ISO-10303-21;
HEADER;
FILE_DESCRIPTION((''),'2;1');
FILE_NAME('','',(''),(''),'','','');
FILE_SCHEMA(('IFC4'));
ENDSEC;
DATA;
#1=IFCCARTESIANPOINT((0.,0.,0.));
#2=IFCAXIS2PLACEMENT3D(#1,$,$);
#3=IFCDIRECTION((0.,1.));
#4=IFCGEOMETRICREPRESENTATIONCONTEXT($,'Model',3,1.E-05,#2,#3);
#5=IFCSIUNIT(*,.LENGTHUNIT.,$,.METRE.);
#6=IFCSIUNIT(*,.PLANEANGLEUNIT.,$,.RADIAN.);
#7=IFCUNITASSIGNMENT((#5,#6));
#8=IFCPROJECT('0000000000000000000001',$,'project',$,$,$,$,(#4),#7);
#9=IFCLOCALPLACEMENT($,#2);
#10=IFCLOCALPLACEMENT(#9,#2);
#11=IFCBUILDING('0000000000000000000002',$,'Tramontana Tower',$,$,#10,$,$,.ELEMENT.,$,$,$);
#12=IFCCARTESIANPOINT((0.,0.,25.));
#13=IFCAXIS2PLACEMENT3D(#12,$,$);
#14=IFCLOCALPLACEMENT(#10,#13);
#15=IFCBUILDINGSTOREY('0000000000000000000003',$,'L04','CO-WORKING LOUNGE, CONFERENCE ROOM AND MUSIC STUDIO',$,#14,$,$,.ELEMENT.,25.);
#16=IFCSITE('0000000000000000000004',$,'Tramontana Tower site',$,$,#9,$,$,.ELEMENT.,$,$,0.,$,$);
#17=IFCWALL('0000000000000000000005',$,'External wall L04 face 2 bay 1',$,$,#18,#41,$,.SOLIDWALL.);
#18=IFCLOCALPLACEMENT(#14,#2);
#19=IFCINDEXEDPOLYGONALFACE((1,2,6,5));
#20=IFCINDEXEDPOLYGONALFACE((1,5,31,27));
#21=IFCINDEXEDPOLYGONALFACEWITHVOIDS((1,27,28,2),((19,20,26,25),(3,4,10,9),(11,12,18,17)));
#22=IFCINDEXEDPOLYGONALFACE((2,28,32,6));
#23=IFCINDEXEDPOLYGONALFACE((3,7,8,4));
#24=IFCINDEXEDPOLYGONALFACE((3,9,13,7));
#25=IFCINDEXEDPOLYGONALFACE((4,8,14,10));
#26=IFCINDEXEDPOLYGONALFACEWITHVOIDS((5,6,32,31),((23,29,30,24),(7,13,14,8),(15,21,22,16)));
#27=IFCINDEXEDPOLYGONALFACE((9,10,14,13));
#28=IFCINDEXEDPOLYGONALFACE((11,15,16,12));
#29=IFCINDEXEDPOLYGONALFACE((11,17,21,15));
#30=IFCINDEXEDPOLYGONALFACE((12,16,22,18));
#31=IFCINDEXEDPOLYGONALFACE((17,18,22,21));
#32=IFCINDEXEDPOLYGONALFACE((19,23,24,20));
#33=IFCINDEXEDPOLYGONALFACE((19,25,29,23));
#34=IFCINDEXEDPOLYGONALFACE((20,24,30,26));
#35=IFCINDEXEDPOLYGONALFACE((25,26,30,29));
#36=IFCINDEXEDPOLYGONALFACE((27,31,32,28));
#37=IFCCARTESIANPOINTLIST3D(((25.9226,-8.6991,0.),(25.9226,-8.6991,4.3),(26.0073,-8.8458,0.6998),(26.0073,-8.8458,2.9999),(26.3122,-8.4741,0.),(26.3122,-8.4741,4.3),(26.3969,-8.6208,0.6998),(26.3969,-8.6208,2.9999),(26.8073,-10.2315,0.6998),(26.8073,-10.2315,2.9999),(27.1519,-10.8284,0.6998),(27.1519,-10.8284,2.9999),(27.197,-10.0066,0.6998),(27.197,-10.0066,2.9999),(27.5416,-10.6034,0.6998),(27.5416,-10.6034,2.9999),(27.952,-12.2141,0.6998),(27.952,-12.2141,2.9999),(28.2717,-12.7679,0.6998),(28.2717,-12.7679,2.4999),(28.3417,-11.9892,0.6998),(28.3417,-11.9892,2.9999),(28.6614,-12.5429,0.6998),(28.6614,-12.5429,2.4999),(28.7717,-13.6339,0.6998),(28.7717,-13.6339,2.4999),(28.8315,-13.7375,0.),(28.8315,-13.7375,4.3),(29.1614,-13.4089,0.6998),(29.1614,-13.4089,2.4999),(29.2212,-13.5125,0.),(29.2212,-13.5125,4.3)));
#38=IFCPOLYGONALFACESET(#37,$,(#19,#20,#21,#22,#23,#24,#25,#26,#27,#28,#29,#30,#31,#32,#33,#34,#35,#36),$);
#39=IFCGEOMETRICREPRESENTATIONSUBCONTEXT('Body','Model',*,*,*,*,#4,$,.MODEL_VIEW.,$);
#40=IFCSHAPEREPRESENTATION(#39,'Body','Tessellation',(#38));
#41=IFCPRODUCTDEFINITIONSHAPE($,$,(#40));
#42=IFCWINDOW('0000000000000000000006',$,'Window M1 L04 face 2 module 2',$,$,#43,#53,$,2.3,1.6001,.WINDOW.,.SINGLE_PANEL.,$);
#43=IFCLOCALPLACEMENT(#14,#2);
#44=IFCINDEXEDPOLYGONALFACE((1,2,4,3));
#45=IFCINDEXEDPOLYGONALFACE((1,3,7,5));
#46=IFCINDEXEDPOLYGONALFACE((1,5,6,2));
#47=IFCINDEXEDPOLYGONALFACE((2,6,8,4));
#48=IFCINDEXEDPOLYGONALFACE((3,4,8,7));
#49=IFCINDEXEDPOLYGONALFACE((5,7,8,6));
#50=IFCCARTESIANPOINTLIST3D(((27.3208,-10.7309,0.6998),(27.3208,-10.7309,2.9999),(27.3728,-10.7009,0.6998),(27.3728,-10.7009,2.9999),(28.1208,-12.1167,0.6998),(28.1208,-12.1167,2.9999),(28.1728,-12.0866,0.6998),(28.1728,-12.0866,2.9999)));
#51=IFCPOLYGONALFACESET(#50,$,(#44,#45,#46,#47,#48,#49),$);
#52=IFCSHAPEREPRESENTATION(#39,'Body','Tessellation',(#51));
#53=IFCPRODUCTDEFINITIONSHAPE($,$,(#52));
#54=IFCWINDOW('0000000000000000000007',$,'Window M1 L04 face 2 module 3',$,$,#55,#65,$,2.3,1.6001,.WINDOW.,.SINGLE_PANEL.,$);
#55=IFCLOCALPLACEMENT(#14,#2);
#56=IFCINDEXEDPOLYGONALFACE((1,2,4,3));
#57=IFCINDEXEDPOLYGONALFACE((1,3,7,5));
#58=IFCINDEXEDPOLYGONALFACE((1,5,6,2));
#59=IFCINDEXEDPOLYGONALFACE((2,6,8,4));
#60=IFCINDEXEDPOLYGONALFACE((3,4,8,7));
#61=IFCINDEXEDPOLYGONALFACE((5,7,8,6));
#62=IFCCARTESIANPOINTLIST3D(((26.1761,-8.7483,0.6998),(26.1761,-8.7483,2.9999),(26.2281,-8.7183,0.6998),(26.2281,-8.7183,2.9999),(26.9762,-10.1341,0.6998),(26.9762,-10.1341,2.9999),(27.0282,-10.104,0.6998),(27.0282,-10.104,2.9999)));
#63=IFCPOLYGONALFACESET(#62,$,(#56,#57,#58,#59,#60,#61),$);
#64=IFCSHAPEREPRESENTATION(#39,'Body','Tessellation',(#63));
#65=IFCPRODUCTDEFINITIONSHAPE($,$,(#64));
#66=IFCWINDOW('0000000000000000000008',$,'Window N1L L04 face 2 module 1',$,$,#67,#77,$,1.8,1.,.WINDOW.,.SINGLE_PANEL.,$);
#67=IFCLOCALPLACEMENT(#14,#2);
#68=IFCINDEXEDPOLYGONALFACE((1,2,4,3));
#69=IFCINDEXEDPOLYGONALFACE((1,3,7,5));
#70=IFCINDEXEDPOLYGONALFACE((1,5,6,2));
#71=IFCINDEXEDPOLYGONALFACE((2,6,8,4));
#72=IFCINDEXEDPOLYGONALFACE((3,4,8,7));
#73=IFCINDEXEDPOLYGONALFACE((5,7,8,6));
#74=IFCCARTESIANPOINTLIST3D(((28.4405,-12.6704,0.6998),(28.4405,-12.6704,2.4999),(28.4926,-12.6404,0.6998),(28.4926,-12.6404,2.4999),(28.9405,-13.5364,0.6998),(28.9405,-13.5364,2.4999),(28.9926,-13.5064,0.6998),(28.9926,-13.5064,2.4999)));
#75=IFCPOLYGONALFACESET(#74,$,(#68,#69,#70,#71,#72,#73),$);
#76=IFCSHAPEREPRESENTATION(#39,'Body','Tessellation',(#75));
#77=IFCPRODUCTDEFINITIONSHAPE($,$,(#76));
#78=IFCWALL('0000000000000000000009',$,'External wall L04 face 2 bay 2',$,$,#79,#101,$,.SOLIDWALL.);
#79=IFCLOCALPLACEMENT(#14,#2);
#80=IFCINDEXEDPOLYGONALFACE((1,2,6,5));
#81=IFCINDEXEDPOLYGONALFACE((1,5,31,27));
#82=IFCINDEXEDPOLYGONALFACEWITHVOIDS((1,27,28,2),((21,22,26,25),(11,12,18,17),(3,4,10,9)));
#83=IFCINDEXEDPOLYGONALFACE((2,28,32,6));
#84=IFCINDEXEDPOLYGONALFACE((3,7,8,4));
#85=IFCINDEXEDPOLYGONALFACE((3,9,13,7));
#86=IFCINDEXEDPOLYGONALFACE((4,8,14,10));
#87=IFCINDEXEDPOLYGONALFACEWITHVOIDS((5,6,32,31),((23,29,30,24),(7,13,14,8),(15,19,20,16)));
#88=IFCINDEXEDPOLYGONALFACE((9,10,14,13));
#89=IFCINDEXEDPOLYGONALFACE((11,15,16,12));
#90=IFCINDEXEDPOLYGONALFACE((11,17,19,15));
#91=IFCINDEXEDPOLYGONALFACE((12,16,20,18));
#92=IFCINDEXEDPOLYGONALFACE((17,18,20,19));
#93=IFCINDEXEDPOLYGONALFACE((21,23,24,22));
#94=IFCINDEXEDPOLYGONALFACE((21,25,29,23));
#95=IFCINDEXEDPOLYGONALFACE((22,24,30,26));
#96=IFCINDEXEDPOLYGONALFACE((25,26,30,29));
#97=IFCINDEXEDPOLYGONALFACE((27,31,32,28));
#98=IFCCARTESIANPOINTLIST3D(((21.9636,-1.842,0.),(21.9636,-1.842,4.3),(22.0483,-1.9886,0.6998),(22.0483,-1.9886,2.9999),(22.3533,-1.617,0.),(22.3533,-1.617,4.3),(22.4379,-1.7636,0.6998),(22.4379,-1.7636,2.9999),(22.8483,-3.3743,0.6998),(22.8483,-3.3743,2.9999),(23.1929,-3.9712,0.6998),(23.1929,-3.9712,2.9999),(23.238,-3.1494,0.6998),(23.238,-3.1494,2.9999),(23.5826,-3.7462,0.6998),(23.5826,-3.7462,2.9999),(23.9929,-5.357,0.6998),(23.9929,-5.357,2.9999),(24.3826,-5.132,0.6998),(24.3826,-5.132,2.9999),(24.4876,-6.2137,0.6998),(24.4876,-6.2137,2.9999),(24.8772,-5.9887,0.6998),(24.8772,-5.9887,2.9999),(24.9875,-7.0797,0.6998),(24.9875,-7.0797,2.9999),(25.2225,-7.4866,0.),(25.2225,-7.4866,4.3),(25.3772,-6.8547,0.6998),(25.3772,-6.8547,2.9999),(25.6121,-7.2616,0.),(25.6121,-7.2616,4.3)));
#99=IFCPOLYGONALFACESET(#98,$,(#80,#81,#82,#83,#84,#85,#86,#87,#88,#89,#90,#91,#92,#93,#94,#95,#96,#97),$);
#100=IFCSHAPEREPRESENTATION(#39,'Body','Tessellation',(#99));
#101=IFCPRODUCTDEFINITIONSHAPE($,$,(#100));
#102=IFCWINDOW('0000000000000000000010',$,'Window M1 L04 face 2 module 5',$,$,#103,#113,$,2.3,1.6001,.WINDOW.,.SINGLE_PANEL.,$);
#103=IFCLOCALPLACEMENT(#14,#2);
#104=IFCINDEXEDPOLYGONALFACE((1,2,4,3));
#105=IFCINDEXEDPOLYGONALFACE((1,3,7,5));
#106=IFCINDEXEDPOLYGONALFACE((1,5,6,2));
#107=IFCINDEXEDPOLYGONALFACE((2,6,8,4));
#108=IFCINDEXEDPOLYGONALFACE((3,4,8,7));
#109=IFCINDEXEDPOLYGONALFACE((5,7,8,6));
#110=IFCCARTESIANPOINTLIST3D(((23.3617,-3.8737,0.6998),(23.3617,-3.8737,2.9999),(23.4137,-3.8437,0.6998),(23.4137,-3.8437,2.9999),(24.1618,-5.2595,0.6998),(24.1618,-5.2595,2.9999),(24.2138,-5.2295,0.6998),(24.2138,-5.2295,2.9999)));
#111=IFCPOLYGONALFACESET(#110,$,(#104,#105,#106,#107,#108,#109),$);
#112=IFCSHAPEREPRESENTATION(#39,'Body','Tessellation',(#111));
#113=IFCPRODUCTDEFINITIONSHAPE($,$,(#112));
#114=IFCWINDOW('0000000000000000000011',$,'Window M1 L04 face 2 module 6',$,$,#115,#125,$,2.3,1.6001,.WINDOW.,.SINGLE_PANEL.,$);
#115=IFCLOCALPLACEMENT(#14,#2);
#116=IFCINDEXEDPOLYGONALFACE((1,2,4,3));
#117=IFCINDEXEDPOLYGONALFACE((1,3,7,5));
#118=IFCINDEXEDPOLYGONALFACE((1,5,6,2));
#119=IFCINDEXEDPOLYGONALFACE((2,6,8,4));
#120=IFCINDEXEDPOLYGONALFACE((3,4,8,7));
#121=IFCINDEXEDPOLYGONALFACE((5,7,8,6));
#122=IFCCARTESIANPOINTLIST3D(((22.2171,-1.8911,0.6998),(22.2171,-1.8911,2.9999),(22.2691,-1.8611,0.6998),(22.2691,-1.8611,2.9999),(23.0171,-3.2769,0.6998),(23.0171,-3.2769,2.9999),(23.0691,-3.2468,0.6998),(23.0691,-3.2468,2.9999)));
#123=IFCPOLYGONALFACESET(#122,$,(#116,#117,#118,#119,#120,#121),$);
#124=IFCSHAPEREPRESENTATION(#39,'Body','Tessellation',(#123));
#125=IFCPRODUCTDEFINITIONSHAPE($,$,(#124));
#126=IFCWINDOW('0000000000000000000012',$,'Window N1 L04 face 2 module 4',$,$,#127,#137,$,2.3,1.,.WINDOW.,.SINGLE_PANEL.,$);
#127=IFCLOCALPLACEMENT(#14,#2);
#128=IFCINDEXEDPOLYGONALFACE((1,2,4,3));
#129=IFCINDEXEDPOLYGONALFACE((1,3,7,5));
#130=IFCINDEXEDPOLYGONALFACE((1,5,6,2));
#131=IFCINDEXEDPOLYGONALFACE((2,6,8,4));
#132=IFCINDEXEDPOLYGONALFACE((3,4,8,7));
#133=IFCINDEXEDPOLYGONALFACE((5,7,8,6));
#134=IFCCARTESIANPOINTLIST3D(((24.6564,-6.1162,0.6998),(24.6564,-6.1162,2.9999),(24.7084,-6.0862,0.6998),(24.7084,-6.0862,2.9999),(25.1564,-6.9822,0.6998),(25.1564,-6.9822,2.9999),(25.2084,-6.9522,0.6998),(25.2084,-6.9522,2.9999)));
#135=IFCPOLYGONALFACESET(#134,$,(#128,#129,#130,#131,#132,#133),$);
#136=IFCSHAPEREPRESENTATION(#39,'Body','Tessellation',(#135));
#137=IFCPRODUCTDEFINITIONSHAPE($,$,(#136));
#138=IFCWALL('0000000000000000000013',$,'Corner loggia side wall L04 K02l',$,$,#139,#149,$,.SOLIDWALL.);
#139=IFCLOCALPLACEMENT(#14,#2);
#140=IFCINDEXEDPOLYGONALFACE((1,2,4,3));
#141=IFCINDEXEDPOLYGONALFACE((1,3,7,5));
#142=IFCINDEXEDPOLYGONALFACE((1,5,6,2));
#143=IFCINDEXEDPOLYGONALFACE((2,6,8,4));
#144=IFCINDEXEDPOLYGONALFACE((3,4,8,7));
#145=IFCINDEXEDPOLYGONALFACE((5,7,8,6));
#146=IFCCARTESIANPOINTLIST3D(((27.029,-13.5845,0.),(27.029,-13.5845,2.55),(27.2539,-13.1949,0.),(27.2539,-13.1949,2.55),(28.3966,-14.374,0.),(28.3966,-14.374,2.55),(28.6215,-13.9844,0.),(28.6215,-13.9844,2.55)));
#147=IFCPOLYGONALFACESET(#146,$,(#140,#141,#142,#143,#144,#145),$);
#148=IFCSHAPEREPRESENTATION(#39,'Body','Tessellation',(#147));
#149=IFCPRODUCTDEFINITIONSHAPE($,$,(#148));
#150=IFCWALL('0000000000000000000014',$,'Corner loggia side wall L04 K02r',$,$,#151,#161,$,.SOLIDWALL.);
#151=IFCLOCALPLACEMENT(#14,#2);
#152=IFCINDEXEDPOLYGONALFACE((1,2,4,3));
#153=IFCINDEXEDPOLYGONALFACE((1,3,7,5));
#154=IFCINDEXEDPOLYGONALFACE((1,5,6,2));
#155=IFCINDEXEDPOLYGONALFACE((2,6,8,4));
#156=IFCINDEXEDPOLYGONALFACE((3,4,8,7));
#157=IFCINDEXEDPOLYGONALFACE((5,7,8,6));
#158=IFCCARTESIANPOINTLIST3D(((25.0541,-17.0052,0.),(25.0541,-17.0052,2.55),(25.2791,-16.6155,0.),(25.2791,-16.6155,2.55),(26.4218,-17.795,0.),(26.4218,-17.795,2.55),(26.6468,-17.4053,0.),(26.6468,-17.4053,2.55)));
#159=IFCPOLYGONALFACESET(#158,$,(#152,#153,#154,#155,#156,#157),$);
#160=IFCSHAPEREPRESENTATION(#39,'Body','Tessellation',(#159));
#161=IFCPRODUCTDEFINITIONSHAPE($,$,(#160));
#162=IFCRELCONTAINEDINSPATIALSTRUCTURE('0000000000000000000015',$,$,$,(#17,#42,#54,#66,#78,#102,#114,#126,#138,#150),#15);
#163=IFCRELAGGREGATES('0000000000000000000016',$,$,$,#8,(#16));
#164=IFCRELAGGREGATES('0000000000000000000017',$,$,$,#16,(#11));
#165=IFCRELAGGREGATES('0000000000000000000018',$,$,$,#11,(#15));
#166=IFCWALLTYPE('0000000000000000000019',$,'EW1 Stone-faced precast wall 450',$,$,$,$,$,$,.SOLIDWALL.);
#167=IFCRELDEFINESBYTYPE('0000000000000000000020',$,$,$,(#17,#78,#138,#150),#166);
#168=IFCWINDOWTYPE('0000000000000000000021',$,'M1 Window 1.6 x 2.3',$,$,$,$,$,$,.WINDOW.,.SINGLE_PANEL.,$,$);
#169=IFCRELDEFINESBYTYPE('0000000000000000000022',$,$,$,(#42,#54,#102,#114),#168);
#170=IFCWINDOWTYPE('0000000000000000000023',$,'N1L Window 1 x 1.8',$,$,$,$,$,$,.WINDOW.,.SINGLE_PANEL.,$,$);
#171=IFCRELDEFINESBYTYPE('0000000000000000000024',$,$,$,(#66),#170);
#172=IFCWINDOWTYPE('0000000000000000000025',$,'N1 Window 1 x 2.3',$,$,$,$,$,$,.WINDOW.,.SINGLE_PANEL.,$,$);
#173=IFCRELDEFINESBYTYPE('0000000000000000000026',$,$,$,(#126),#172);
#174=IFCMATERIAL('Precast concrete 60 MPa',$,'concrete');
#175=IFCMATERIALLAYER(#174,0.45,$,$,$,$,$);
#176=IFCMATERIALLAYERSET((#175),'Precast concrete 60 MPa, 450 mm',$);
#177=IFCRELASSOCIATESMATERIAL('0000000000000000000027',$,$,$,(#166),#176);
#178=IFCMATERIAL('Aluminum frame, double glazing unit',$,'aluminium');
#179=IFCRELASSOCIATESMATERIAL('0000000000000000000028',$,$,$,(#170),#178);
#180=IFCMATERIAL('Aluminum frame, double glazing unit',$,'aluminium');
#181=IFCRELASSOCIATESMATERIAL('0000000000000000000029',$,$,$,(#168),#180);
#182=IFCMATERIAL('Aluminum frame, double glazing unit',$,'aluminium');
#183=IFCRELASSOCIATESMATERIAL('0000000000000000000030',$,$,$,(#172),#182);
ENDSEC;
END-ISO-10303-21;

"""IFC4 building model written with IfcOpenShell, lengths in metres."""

from ifc_helpers import new_model, si_unit, direction, frame, frame_2d, origin, place, context, subcontext, project, spatial, rectangle, extrude, material, layer, layer_set, type_object, element, fill, save


model = new_model("IFC4")

# Units and contexts
model_context = context("Model", 3, precision=1e-05, world=origin(), true_north=direction((0.0, 1.0)))
body_context = subcontext(model_context, "Body", "Model", "MODEL_VIEW")
ifc_project = project(units=[si_unit("LENGTHUNIT", "METRE"), si_unit("PLANEANGLEUNIT", "RADIAN")], contexts=[model_context])

# Site, building, storey
site_placement = place(None, origin())
site = spatial("IfcSite", under=ifc_project, at=site_placement, Name="Tramontana Tower site", CompositionType="ELEMENT", RefElevation=0.0)
building_placement = place(site_placement, origin())
building = spatial("IfcBuilding", under=site, at=building_placement, Name="Tramontana Tower", CompositionType="ELEMENT")
storey_placement = place(building_placement, frame((0.0, 0.0, 25.0)))
storey = spatial("IfcBuildingStorey", under=building, at=storey_placement, Name="L04", Description="CO-WORKING LOUNGE, CONFERENCE ROOM AND MUSIC STUDIO", CompositionType="ELEMENT", Elevation=25.0)

# Shared definitions
ifc_material_1 = material(Name="Precast concrete 60 MPa", Category="concrete")
ifc_layer_1 = layer(ifc_material_1, 0.45)
ifc_layer_set_1 = layer_set([ifc_layer_1], Name="Precast concrete 60 MPa, 450 mm")
wall_type_1 = type_object("IfcWallType", Name="EW1 Stone-faced precast wall 450", PredefinedType="SOLIDWALL", material=ifc_layer_set_1)
ifc_material_2 = material(Name="Aluminum frame, double glazing unit", Category="aluminium")
window_type_1 = type_object("IfcWindowType", Name="N1L Window 1 x 1.8", PartitioningType="SINGLE_PANEL", PredefinedType="WINDOW", material=ifc_material_2)

# Walls, openings, windows
wall_1_placement = place(storey_placement, frame((29.0264, -13.625, 0.0), z_axis=(0.0, 0.0, 1.0), x_axis=(-0.500007, 0.866021, 0.0)))
wall_1 = element("IfcWall", 1, at=wall_1_placement, inside=storey, type_object=wall_type_1, Name="External wall L04 face 2 bay 1", PredefinedType="SOLIDWALL", context=body_context, shape_type="SweptSolid", body=[
    extrude(rectangle(XDim=5.8179, YDim=0.45, at=frame_2d((2.9089, 0.0))), origin(), (0.0, 0.0, 1.0), 4.3),
])
opening_1_placement = place(wall_1_placement, frame((0.1196, 0.0, 0.7)))
opening_1 = element("IfcOpeningElement", 2, at=opening_1_placement, cuts=wall_1, PredefinedType="OPENING", context=body_context, shape_type="SweptSolid", body=[
    extrude(rectangle(XDim=1.0, YDim=1.8, at=frame_2d((0.5, 0.8999))), frame((0.0, 0.2349, 0.0), z_axis=(0.0, -1.0, 0.0), x_axis=(1.0, 0.0, 0.0)), (0.0, 0.0, 1.0), 0.47),
])
opening_2_placement = place(wall_1_placement, frame((1.759, 0.0, 0.7)))
opening_2 = element("IfcOpeningElement", 3, at=opening_2_placement, cuts=wall_1, PredefinedType="OPENING", context=body_context, shape_type="SweptSolid", body=[
    extrude(rectangle(XDim=1.6001, YDim=2.3, at=frame_2d((0.8, 1.1499))), frame((0.0, 0.2349, 0.0), z_axis=(0.0, -1.0, 0.0), x_axis=(1.0, 0.0, 0.0)), (0.0, 0.0, 1.0), 0.47),
])
opening_3_placement = place(wall_1_placement, frame((4.0483, 0.0, 0.7)))
opening_3 = element("IfcOpeningElement", 4, at=opening_3_placement, cuts=wall_1, PredefinedType="OPENING", context=body_context, shape_type="SweptSolid", body=[
    extrude(rectangle(XDim=1.6001, YDim=2.3, at=frame_2d((0.8, 1.1499))), frame((0.0, 0.2349, 0.0), z_axis=(0.0, -1.0, 0.0), x_axis=(1.0, 0.0, 0.0)), (0.0, 0.0, 1.0), 0.47),
])
ifc_material_3 = material(Name="Aluminum frame, double glazing unit", Category="aluminium")
window_type_2 = type_object("IfcWindowType", Name="M1 Window 1.6 x 2.3", PartitioningType="SINGLE_PANEL", PredefinedType="WINDOW", material=ifc_material_3)
window_1_placement = place(opening_2_placement, origin())
window_1 = element("IfcWindow", 5, at=window_1_placement, inside=storey, type_object=window_type_2, Name="Window M1 L04 face 2 module 2", OverallHeight=2.3, OverallWidth=1.6001, PartitioningType="SINGLE_PANEL", PredefinedType="WINDOW", context=body_context, shape_type="SweptSolid", body=[
    extrude(rectangle(XDim=1.6001, YDim=2.3, at=frame_2d((0.8, 1.1499))), frame((0.0, 0.03, 0.0), z_axis=(0.0, -1.0, 0.0), x_axis=(1.0, 0.0, 0.0)), (0.0, 0.0, 1.0), 0.0601),
])
fill(opening_2, window_1)
window_2_placement = place(opening_3_placement, origin())
window_2 = element("IfcWindow", 6, at=window_2_placement, inside=storey, type_object=window_type_2, Name="Window M1 L04 face 2 module 3", OverallHeight=2.3, OverallWidth=1.6001, PartitioningType="SINGLE_PANEL", PredefinedType="WINDOW", context=body_context, shape_type="SweptSolid", body=[
    extrude(rectangle(XDim=1.6001, YDim=2.3, at=frame_2d((0.8, 1.1499))), frame((0.0, 0.03, 0.0), z_axis=(0.0, -1.0, 0.0), x_axis=(1.0, 0.0, 0.0)), (0.0, 0.0, 1.0), 0.0601),
])
fill(opening_3, window_2)
window_3_placement = place(opening_1_placement, origin())
window_3 = element("IfcWindow", 7, at=window_3_placement, inside=storey, type_object=window_type_1, Name="Window N1L L04 face 2 module 1", OverallHeight=1.8, OverallWidth=1.0, PartitioningType="SINGLE_PANEL", PredefinedType="WINDOW", context=body_context, shape_type="SweptSolid", body=[
    extrude(rectangle(XDim=1.0, YDim=1.8, at=frame_2d((0.5, 0.8999))), frame((0.0, 0.03, 0.0), z_axis=(0.0, -1.0, 0.0), x_axis=(1.0, 0.0, 0.0)), (0.0, 0.0, 1.0), 0.0601),
])
fill(opening_1, window_3)
wall_2_placement = place(storey_placement, frame((25.4172, -7.374, 0.0), z_axis=(0.0, 0.0, 1.0), x_axis=(-0.49999, 0.866031, 0.0)))
wall_2 = element("IfcWall", 8, at=wall_2_placement, inside=storey, type_object=wall_type_1, Name="External wall L04 face 2 bay 2", PredefinedType="SOLIDWALL", context=body_context, shape_type="SweptSolid", body=[
    extrude(rectangle(XDim=6.5178, YDim=0.45, at=frame_2d((3.2588, 0.0))), origin(), (0.0, 0.0, 1.0), 4.3),
])
opening_4_placement = place(wall_2_placement, frame((0.4697, 0.0, 0.7)))
opening_4 = element("IfcOpeningElement", 9, at=opening_4_placement, cuts=wall_2, PredefinedType="OPENING", context=body_context, shape_type="SweptSolid", body=[
    extrude(rectangle(XDim=1.0, YDim=2.3, at=frame_2d((0.5, 1.1499))), frame((0.0, 0.2349, 0.0), z_axis=(0.0, -1.0, 0.0), x_axis=(1.0, 0.0, 0.0)), (0.0, 0.0, 1.0), 0.47),
])
opening_5_placement = place(wall_2_placement, frame((2.459, 0.0, 0.7)))
opening_5 = element("IfcOpeningElement", 10, at=opening_5_placement, cuts=wall_2, PredefinedType="OPENING", context=body_context, shape_type="SweptSolid", body=[
    extrude(rectangle(XDim=1.6001, YDim=2.3, at=frame_2d((0.8, 1.1499))), frame((0.0, 0.2349, 0.0), z_axis=(0.0, -1.0, 0.0), x_axis=(1.0, 0.0, 0.0)), (0.0, 0.0, 1.0), 0.47),
])
opening_6_placement = place(wall_2_placement, frame((4.7483, 0.0, 0.7)))
opening_6 = element("IfcOpeningElement", 11, at=opening_6_placement, cuts=wall_2, PredefinedType="OPENING", context=body_context, shape_type="SweptSolid", body=[
    extrude(rectangle(XDim=1.6001, YDim=2.3, at=frame_2d((0.8, 1.1499))), frame((0.0, 0.2349, 0.0), z_axis=(0.0, -1.0, 0.0), x_axis=(1.0, 0.0, 0.0)), (0.0, 0.0, 1.0), 0.47),
])
window_4_placement = place(opening_5_placement, origin())
window_4 = element("IfcWindow", 12, at=window_4_placement, inside=storey, type_object=window_type_2, Name="Window M1 L04 face 2 module 5", OverallHeight=2.3, OverallWidth=1.6001, PartitioningType="SINGLE_PANEL", PredefinedType="WINDOW", context=body_context, shape_type="SweptSolid", body=[
    extrude(rectangle(XDim=1.6001, YDim=2.3, at=frame_2d((0.8, 1.1499))), frame((0.0, 0.03, 0.0), z_axis=(0.0, -1.0, 0.0), x_axis=(1.0, 0.0, 0.0)), (0.0, 0.0, 1.0), 0.0601),
])
fill(opening_5, window_4)
window_5_placement = place(opening_6_placement, origin())
window_5 = element("IfcWindow", 13, at=window_5_placement, inside=storey, type_object=window_type_2, Name="Window M1 L04 face 2 module 6", OverallHeight=2.3, OverallWidth=1.6001, PartitioningType="SINGLE_PANEL", PredefinedType="WINDOW", context=body_context, shape_type="SweptSolid", body=[
    extrude(rectangle(XDim=1.6001, YDim=2.3, at=frame_2d((0.8, 1.1499))), frame((0.0, 0.03, 0.0), z_axis=(0.0, -1.0, 0.0), x_axis=(1.0, 0.0, 0.0)), (0.0, 0.0, 1.0), 0.0601),
])
fill(opening_6, window_5)
ifc_material_4 = material(Name="Aluminum frame, double glazing unit", Category="aluminium")
window_type_3 = type_object("IfcWindowType", Name="N1 Window 1 x 2.3", PartitioningType="SINGLE_PANEL", PredefinedType="WINDOW", material=ifc_material_4)
window_6_placement = place(opening_4_placement, origin())
window_6 = element("IfcWindow", 14, at=window_6_placement, inside=storey, type_object=window_type_3, Name="Window N1 L04 face 2 module 4", OverallHeight=2.3, OverallWidth=1.0, PartitioningType="SINGLE_PANEL", PredefinedType="WINDOW", context=body_context, shape_type="SweptSolid", body=[
    extrude(rectangle(XDim=1.0, YDim=2.3, at=frame_2d((0.5, 1.1499))), frame((0.0, 0.03, 0.0), z_axis=(0.0, -1.0, 0.0), x_axis=(1.0, 0.0, 0.0)), (0.0, 0.0, 1.0), 0.0601),
])
fill(opening_4, window_6)

# Walls
wall_3_placement = place(storey_placement, frame((28.509, -14.1792, 0.0), z_axis=(0.0, 0.0, 1.0), x_axis=(-0.866047, 0.499963, 0.0)))
element("IfcWall", 15, at=wall_3_placement, inside=storey, type_object=wall_type_1, Name="Corner loggia side wall L04 K02l", PredefinedType="SOLIDWALL", context=body_context, shape_type="SweptSolid", body=[
    extrude(rectangle(XDim=1.5791, YDim=0.45, at=frame_2d((0.7896, 0.0))), origin(), (0.0, 0.0, 1.0), 2.55),
])
wall_4_placement = place(storey_placement, frame((26.5342, -17.6001, 0.0), z_axis=(0.0, 0.0, 1.0), x_axis=(-0.86598, 0.500079, 0.0)))
element("IfcWall", 16, at=wall_4_placement, inside=storey, type_object=wall_type_1, Name="Corner loggia side wall L04 K02r", PredefinedType="SOLIDWALL", context=body_context, shape_type="SweptSolid", body=[
    extrude(rectangle(XDim=1.5793, YDim=0.45, at=frame_2d((0.7896, 0.0))), origin(), (0.0, 0.0, 1.0), 2.55),
])

save(model, "model.ifc")
